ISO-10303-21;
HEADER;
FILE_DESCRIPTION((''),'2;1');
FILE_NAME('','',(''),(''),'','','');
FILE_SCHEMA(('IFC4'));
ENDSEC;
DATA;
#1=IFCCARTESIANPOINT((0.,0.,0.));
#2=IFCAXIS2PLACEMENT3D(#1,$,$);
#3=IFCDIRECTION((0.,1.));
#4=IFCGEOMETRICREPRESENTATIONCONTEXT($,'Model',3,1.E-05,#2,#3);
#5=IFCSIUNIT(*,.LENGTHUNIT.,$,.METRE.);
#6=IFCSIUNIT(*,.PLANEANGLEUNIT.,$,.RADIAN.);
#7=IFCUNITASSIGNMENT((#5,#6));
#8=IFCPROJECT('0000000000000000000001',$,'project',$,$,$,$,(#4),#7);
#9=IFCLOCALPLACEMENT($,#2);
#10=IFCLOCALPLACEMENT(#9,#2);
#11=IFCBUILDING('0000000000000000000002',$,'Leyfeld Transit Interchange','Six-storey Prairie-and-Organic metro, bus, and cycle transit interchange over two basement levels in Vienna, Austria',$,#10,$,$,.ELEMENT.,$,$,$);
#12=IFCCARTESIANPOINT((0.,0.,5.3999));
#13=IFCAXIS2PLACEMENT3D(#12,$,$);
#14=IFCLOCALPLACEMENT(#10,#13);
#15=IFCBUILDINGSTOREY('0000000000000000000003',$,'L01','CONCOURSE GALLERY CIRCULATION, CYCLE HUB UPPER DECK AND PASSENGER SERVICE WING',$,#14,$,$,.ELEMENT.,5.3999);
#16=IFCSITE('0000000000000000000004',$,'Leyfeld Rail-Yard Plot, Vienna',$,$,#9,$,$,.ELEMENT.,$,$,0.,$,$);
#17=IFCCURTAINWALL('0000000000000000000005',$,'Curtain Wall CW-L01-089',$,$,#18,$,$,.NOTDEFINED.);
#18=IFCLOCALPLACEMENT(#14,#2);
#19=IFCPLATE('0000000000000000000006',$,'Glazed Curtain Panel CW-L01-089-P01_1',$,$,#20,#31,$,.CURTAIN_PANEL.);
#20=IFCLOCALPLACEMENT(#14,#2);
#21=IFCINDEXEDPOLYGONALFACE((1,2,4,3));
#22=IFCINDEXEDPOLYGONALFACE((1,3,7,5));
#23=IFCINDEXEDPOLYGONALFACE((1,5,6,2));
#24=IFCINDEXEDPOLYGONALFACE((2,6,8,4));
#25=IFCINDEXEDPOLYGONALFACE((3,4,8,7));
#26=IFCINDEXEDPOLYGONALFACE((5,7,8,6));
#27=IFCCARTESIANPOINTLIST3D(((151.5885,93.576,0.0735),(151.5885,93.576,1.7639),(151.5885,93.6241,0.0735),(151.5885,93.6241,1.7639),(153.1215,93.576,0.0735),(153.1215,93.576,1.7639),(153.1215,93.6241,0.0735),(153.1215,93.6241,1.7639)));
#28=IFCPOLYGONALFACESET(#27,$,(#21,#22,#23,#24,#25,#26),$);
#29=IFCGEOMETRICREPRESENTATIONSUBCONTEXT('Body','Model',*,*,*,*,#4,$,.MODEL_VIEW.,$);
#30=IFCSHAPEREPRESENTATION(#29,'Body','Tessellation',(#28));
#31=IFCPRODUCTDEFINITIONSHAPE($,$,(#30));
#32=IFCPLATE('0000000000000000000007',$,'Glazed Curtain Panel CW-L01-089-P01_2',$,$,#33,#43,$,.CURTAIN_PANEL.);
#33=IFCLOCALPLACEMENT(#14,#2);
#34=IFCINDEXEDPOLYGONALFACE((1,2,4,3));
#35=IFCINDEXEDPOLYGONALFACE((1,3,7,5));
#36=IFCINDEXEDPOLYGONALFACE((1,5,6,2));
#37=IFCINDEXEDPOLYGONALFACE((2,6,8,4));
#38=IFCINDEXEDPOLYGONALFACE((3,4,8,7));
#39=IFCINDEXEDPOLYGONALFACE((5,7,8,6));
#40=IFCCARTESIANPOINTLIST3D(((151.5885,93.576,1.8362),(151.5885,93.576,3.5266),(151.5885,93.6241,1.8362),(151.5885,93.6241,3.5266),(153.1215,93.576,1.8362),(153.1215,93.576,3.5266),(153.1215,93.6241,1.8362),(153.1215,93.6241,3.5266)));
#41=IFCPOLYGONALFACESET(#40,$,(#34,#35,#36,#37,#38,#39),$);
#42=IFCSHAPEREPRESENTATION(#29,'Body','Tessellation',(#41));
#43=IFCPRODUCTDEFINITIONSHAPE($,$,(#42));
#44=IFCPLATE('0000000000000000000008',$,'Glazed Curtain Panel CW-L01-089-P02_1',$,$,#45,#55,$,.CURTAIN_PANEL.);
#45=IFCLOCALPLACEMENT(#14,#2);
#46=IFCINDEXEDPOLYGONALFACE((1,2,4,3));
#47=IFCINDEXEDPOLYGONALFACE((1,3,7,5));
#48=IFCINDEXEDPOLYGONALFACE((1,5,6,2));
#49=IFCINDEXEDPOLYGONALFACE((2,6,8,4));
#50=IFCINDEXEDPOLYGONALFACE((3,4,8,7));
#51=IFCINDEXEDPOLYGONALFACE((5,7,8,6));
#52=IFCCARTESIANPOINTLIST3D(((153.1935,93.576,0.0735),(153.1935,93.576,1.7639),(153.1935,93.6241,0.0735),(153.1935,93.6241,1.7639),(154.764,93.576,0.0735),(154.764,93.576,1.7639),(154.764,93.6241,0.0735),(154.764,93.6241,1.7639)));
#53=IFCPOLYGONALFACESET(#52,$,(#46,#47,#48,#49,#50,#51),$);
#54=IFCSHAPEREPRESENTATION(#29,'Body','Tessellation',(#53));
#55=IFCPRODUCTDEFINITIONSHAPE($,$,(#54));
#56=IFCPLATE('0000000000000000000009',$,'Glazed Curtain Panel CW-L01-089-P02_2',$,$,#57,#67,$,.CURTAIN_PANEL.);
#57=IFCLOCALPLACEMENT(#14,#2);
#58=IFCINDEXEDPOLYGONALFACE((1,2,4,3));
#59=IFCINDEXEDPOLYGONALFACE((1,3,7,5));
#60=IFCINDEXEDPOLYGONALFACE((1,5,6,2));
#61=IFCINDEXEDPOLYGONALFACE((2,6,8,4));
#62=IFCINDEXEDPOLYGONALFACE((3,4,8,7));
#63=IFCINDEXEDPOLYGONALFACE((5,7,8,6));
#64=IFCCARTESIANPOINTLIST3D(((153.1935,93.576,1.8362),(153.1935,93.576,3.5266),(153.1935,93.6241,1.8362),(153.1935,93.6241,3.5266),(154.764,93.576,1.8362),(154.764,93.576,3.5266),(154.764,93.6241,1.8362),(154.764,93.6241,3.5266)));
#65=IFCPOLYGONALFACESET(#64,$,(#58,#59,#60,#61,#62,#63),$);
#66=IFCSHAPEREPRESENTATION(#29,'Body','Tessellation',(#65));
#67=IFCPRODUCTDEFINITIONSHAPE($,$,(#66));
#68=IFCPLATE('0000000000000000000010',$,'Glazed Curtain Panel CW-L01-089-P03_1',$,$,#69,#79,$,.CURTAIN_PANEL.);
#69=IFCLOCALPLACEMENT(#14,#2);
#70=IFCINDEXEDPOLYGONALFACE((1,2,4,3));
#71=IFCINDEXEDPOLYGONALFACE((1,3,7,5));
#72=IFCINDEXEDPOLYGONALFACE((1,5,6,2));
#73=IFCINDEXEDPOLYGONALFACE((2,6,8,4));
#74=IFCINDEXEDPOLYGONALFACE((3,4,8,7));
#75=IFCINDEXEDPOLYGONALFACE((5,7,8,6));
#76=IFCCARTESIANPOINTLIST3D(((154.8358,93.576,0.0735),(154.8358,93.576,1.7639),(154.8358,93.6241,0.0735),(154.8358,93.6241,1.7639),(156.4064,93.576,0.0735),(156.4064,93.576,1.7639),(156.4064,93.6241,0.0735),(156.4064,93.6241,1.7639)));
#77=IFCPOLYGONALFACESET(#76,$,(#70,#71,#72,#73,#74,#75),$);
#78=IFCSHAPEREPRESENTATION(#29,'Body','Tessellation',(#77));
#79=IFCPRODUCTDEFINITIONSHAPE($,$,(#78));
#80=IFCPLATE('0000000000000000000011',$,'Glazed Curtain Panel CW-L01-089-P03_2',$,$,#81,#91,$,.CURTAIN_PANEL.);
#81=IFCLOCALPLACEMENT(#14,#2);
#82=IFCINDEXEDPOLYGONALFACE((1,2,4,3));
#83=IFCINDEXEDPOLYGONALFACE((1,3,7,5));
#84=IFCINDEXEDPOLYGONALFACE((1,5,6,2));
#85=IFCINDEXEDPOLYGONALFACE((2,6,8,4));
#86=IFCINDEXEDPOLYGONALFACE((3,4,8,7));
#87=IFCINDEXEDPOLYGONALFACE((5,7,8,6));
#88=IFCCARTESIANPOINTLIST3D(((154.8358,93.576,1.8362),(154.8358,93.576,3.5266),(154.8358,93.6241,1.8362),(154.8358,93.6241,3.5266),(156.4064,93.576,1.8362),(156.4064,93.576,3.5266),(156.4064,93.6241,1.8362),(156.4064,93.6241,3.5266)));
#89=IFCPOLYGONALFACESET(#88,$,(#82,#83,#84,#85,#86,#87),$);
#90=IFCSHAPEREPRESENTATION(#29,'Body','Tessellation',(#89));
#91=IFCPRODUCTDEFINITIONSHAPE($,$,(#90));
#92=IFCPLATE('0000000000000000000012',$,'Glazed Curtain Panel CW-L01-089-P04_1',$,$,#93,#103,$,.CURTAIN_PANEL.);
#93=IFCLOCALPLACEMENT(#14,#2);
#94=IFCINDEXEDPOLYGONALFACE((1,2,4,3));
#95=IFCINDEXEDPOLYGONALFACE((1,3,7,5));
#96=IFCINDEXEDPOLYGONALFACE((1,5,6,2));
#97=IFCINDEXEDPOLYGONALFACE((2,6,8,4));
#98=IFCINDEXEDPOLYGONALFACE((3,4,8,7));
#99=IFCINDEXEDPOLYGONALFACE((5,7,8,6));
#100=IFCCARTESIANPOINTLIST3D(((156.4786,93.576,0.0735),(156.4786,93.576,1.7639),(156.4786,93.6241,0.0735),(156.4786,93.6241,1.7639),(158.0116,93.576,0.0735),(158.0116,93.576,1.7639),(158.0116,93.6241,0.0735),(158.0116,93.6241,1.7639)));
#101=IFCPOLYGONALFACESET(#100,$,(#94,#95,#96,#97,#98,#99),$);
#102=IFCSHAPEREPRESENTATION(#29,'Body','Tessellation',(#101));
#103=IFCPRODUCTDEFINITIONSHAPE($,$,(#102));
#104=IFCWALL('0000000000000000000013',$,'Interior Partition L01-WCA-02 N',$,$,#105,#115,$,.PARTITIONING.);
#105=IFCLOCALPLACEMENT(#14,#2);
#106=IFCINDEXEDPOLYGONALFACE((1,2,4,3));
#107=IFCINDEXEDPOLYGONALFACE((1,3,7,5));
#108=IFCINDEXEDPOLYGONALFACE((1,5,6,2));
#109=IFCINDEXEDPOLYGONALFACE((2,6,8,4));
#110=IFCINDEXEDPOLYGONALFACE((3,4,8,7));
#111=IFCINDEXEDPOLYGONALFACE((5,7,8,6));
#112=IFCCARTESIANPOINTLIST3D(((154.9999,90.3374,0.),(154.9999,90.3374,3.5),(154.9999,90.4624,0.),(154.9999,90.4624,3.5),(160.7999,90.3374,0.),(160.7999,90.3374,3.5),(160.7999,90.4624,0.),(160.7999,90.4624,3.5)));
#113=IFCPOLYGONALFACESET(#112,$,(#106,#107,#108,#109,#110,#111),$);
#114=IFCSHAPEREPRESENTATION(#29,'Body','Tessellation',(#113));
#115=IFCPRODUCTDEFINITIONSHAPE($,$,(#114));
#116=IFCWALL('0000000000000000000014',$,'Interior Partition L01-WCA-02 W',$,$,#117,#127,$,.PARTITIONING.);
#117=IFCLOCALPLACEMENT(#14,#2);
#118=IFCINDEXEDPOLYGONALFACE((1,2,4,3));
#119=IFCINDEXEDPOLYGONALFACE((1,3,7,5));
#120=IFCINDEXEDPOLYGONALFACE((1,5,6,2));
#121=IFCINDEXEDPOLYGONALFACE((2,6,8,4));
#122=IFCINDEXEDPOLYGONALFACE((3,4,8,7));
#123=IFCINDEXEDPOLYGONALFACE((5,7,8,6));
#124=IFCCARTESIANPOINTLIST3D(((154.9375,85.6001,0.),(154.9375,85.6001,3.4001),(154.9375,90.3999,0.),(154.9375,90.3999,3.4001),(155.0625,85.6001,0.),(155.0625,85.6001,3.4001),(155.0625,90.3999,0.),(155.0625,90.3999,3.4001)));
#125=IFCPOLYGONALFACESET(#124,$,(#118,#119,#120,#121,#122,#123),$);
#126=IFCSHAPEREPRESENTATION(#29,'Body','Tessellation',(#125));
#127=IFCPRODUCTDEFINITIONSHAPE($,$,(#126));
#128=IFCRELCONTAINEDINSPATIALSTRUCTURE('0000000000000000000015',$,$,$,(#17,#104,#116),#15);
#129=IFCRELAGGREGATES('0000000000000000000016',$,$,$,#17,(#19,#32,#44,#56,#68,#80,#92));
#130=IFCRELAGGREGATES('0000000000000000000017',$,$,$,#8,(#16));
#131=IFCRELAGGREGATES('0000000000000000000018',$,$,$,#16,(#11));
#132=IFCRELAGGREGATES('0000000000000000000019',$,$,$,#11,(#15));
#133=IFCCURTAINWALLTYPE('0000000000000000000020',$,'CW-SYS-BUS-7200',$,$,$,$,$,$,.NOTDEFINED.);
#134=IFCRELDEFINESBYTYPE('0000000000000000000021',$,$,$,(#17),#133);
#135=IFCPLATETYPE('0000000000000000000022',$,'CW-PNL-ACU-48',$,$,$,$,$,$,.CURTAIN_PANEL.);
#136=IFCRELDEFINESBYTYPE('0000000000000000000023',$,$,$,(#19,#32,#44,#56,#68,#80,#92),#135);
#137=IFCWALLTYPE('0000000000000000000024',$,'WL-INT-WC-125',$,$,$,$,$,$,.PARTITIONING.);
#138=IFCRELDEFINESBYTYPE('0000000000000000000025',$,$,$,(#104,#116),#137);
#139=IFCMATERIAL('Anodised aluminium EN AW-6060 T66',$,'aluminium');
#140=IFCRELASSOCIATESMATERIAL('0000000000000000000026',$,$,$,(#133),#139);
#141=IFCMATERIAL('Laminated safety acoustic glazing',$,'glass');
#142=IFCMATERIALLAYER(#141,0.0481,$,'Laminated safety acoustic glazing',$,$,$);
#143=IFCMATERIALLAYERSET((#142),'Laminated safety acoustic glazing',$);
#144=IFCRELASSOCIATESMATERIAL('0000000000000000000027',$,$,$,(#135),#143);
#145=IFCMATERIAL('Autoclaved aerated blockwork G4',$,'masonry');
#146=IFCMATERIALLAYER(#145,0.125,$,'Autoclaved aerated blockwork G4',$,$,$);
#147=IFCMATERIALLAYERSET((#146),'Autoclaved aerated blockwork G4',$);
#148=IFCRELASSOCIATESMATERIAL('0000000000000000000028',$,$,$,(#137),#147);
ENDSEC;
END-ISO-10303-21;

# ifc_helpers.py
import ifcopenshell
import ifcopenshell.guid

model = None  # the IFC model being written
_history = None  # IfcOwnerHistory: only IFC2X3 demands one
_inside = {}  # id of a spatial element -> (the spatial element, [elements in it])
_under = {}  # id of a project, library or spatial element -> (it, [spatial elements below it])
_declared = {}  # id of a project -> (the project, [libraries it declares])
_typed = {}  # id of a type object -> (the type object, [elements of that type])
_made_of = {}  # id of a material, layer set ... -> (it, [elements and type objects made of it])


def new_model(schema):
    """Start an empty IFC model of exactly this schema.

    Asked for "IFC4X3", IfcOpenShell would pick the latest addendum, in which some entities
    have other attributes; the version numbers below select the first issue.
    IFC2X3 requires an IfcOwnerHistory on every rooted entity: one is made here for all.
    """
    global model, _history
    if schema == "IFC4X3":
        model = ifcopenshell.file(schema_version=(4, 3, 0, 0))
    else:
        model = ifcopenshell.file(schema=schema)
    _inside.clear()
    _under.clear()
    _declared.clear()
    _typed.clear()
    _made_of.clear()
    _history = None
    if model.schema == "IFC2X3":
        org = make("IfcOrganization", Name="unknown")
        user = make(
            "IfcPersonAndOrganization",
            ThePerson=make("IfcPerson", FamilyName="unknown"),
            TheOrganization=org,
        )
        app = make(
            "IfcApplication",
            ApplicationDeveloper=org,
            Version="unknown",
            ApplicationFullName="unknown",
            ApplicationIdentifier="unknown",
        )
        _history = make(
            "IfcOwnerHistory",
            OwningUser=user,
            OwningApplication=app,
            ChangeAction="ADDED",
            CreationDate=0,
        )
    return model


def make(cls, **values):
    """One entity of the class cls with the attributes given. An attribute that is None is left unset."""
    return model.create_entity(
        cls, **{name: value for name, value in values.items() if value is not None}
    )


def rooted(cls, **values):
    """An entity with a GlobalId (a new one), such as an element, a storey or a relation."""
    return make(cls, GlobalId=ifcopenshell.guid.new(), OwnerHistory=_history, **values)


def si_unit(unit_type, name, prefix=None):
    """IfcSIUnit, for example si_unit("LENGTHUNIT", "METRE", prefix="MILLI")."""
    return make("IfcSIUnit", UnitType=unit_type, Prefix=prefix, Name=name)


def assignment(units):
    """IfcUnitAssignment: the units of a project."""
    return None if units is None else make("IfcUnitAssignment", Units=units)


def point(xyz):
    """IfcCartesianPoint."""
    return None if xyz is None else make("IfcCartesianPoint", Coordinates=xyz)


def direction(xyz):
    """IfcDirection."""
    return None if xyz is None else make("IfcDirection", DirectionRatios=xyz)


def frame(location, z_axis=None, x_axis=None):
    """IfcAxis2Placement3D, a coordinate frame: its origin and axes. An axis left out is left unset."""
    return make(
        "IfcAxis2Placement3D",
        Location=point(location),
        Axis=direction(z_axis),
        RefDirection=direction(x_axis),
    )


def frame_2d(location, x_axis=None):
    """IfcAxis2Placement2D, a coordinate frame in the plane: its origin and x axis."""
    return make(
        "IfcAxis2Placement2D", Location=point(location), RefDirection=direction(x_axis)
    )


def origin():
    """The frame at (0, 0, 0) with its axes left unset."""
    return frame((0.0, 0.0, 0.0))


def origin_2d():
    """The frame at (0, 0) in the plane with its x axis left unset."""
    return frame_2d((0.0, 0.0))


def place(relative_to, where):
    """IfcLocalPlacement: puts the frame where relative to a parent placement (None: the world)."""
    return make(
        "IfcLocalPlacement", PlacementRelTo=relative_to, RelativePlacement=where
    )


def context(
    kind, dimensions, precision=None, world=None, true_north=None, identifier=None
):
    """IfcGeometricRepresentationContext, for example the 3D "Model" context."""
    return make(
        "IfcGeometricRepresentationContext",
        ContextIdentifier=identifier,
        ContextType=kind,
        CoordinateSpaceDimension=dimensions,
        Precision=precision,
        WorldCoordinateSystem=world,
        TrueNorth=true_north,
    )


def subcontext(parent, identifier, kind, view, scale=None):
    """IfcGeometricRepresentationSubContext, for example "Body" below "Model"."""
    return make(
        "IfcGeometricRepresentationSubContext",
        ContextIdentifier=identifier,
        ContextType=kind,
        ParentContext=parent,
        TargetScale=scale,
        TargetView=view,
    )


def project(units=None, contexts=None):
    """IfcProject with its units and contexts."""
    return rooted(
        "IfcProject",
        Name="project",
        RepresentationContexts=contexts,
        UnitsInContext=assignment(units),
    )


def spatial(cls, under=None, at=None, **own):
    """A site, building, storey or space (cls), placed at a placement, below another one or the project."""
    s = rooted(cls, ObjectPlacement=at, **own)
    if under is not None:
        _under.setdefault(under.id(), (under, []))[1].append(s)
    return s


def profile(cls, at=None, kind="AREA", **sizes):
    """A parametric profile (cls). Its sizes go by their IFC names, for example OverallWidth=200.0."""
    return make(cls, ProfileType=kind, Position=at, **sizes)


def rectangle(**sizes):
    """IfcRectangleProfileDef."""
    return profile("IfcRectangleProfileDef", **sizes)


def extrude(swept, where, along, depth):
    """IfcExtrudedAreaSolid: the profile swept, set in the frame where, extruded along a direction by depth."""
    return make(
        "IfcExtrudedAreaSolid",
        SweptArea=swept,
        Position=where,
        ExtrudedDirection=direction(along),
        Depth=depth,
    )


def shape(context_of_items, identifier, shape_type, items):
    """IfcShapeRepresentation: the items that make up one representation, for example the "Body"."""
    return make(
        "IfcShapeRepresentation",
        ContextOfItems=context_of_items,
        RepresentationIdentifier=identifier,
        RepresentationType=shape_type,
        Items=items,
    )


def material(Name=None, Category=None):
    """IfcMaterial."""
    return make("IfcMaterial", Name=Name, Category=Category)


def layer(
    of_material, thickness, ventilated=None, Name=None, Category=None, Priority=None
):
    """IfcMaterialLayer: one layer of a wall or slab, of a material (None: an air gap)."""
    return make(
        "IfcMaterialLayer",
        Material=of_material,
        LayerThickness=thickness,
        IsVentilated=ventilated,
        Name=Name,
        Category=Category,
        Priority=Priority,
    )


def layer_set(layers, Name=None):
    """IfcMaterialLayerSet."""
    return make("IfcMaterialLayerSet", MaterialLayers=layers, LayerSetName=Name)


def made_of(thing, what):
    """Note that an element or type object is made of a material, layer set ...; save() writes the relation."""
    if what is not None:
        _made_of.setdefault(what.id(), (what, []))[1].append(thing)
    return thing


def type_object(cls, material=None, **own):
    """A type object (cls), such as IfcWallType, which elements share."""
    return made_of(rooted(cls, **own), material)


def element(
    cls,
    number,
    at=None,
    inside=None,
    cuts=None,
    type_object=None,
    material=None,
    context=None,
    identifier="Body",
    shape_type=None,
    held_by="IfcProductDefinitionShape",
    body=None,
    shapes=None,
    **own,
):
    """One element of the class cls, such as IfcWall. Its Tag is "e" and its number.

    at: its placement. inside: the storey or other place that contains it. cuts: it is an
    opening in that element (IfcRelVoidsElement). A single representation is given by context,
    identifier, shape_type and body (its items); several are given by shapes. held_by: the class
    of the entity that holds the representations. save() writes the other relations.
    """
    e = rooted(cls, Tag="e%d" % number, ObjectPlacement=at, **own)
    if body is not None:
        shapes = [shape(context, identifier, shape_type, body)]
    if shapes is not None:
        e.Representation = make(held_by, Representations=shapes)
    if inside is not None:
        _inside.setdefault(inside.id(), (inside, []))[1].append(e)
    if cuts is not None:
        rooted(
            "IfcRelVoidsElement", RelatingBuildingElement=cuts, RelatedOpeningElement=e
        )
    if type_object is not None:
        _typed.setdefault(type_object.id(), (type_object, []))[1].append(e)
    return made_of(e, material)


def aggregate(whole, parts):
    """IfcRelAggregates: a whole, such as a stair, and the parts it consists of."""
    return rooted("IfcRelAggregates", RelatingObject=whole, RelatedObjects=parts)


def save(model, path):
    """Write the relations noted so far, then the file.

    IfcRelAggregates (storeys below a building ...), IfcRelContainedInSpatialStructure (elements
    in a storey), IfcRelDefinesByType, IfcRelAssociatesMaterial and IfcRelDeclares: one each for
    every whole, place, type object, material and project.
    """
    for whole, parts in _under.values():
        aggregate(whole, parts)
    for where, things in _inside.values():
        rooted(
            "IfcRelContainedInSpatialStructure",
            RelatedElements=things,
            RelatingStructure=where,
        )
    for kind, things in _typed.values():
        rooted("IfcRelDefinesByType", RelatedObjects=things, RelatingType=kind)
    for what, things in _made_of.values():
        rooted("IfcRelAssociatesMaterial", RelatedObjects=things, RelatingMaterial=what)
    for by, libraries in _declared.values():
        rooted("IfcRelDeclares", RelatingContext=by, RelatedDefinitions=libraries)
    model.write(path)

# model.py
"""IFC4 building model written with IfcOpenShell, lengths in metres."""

from ifc_helpers import new_model, si_unit, direction, frame, frame_2d, origin, origin_2d, place, context, subcontext, project, spatial, rectangle, extrude, material, layer, layer_set, type_object, element, aggregate, save


model = new_model("IFC4")

# Units and contexts
model_context = context("Model", 3, precision=1e-05, world=origin(), true_north=direction((0.0, 1.0)))
body_context = subcontext(model_context, "Body", "Model", "MODEL_VIEW")
ifc_project = project(units=[si_unit("LENGTHUNIT", "METRE"), si_unit("PLANEANGLEUNIT", "RADIAN")], contexts=[model_context])

# Site, building, storey
site_placement = place(None, origin())
site = spatial("IfcSite", under=ifc_project, at=site_placement, Name="Leyfeld Rail-Yard Plot, Vienna", CompositionType="ELEMENT", RefElevation=0.0)
building_placement = place(site_placement, origin())
building = spatial("IfcBuilding", under=site, at=building_placement, Name="Leyfeld Transit Interchange", Description="Six-storey Prairie-and-Organic metro, bus, and cycle transit interchange over two basement levels in Vienna, Austria", CompositionType="ELEMENT")
storey_placement = place(building_placement, frame((0.0, 0.0, 5.3999)))
storey = spatial("IfcBuildingStorey", under=building, at=storey_placement, Name="L01", Description="CONCOURSE GALLERY CIRCULATION, CYCLE HUB UPPER DECK AND PASSENGER SERVICE WING", CompositionType="ELEMENT", Elevation=5.3999)

# Curtain wall, plates
ifc_material_1 = material(Name="Anodised aluminium EN AW-6060 T66", Category="aluminium")
curtain_wall_type = type_object("IfcCurtainWallType", Name="CW-SYS-BUS-7200", PredefinedType="NOTDEFINED", material=ifc_material_1)
curtain_wall_placement = place(storey_placement, origin())
curtain_wall = element("IfcCurtainWall", 1, at=curtain_wall_placement, inside=storey, type_object=curtain_wall_type, Name="Curtain Wall CW-L01-089", PredefinedType="NOTDEFINED")
ifc_material_2 = material(Name="Laminated safety acoustic glazing", Category="glass")
ifc_layer_1 = layer(ifc_material_2, 0.0481, Name="Laminated safety acoustic glazing")
ifc_layer_set_1 = layer_set([ifc_layer_1], Name="Laminated safety acoustic glazing")
plate_type = type_object("IfcPlateType", Name="CW-PNL-ACU-48", PredefinedType="CURTAIN_PANEL", material=ifc_layer_set_1)
plate_1_placement = place(storey_placement, frame((152.355, 93.6001, 0.0735), z_axis=(0.0, 0.0, 1.0), x_axis=(1.0, 0.0, 0.0)))
plate_1 = element("IfcPlate", 2, at=plate_1_placement, type_object=plate_type, Name="Glazed Curtain Panel CW-L01-089-P01_1", PredefinedType="CURTAIN_PANEL", context=body_context, shape_type="SweptSolid", body=[
    extrude(rectangle(XDim=1.533, YDim=0.0481, at=origin_2d()), origin(), (0.0, 0.0, 1.0), 1.6904),
])
plate_2_placement = place(storey_placement, frame((152.355, 93.6001, 1.8362), z_axis=(0.0, 0.0, 1.0), x_axis=(1.0, 0.0, 0.0)))
plate_2 = element("IfcPlate", 3, at=plate_2_placement, type_object=plate_type, Name="Glazed Curtain Panel CW-L01-089-P01_2", PredefinedType="CURTAIN_PANEL", context=body_context, shape_type="SweptSolid", body=[
    extrude(rectangle(XDim=1.533, YDim=0.0481, at=origin_2d()), origin(), (0.0, 0.0, 1.0), 1.6904),
])
plate_3_placement = place(storey_placement, frame((153.9788, 93.6001, 0.0735), z_axis=(0.0, 0.0, 1.0), x_axis=(1.0, 0.0, 0.0)))
plate_3 = element("IfcPlate", 4, at=plate_3_placement, type_object=plate_type, Name="Glazed Curtain Panel CW-L01-089-P02_1", PredefinedType="CURTAIN_PANEL", context=body_context, shape_type="SweptSolid", body=[
    extrude(rectangle(XDim=1.5706, YDim=0.0481, at=origin_2d()), origin(), (0.0, 0.0, 1.0), 1.6904),
])
plate_4_placement = place(storey_placement, frame((153.9788, 93.6001, 1.8362), z_axis=(0.0, 0.0, 1.0), x_axis=(1.0, 0.0, 0.0)))
plate_4 = element("IfcPlate", 5, at=plate_4_placement, type_object=plate_type, Name="Glazed Curtain Panel CW-L01-089-P02_2", PredefinedType="CURTAIN_PANEL", context=body_context, shape_type="SweptSolid", body=[
    extrude(rectangle(XDim=1.5706, YDim=0.0481, at=origin_2d()), origin(), (0.0, 0.0, 1.0), 1.6904),
])
plate_5_placement = place(storey_placement, frame((155.6211, 93.6001, 0.0735), z_axis=(0.0, 0.0, 1.0), x_axis=(1.0, 0.0, 0.0)))
plate_5 = element("IfcPlate", 6, at=plate_5_placement, type_object=plate_type, Name="Glazed Curtain Panel CW-L01-089-P03_1", PredefinedType="CURTAIN_PANEL", context=body_context, shape_type="SweptSolid", body=[
    extrude(rectangle(XDim=1.5706, YDim=0.0481, at=origin_2d()), origin(), (0.0, 0.0, 1.0), 1.6904),
])
plate_6_placement = place(storey_placement, frame((155.6211, 93.6001, 1.8362), z_axis=(0.0, 0.0, 1.0), x_axis=(1.0, 0.0, 0.0)))
plate_6 = element("IfcPlate", 7, at=plate_6_placement, type_object=plate_type, Name="Glazed Curtain Panel CW-L01-089-P03_2", PredefinedType="CURTAIN_PANEL", context=body_context, shape_type="SweptSolid", body=[
    extrude(rectangle(XDim=1.5706, YDim=0.0481, at=origin_2d()), origin(), (0.0, 0.0, 1.0), 1.6904),
])
plate_7_placement = place(storey_placement, frame((157.2451, 93.6001, 0.0735), z_axis=(0.0, 0.0, 1.0), x_axis=(1.0, 0.0, 0.0)))
plate_7 = element("IfcPlate", 8, at=plate_7_placement, type_object=plate_type, Name="Glazed Curtain Panel CW-L01-089-P04_1", PredefinedType="CURTAIN_PANEL", context=body_context, shape_type="SweptSolid", body=[
    extrude(rectangle(XDim=1.533, YDim=0.0481, at=origin_2d()), origin(), (0.0, 0.0, 1.0), 1.6904),
])
aggregate(curtain_wall, [plate_1, plate_2, plate_3, plate_4, plate_5, plate_6, plate_7])

# Walls
ifc_material_3 = material(Name="Autoclaved aerated blockwork G4", Category="masonry")
ifc_layer_2 = layer(ifc_material_3, 0.125, Name="Autoclaved aerated blockwork G4")
ifc_layer_set_2 = layer_set([ifc_layer_2], Name="Autoclaved aerated blockwork G4")
wall_type = type_object("IfcWallType", Name="WL-INT-WC-125", PredefinedType="PARTITIONING", material=ifc_layer_set_2)
wall_1_placement = place(storey_placement, frame((155.0, 90.3999, 0.0), z_axis=(0.0, 0.0, 1.0), x_axis=(1.0, 0.0, 0.0)))
element("IfcWall", 9, at=wall_1_placement, inside=storey, type_object=wall_type, Name="Interior Partition L01-WCA-02 N", PredefinedType="PARTITIONING", context=body_context, shape_type="SweptSolid", body=[
    extrude(rectangle(XDim=5.8, YDim=0.125, at=frame_2d((2.8999, 0.0))), origin(), (0.0, 0.0, 1.0), 3.5),
])
wall_2_placement = place(storey_placement, frame((155.0, 85.6001, 0.0), z_axis=(0.0, 0.0, 1.0), x_axis=(0.0, 1.0, 0.0)))
element("IfcWall", 10, at=wall_2_placement, inside=storey, type_object=wall_type, Name="Interior Partition L01-WCA-02 W", PredefinedType="PARTITIONING", context=body_context, shape_type="SweptSolid", body=[
    extrude(rectangle(XDim=4.7998, YDim=0.125, at=frame_2d((2.3999, 0.0))), origin(), (0.0, 0.0, 1.0), 3.4001),
])

save(model, "model.ifc")
